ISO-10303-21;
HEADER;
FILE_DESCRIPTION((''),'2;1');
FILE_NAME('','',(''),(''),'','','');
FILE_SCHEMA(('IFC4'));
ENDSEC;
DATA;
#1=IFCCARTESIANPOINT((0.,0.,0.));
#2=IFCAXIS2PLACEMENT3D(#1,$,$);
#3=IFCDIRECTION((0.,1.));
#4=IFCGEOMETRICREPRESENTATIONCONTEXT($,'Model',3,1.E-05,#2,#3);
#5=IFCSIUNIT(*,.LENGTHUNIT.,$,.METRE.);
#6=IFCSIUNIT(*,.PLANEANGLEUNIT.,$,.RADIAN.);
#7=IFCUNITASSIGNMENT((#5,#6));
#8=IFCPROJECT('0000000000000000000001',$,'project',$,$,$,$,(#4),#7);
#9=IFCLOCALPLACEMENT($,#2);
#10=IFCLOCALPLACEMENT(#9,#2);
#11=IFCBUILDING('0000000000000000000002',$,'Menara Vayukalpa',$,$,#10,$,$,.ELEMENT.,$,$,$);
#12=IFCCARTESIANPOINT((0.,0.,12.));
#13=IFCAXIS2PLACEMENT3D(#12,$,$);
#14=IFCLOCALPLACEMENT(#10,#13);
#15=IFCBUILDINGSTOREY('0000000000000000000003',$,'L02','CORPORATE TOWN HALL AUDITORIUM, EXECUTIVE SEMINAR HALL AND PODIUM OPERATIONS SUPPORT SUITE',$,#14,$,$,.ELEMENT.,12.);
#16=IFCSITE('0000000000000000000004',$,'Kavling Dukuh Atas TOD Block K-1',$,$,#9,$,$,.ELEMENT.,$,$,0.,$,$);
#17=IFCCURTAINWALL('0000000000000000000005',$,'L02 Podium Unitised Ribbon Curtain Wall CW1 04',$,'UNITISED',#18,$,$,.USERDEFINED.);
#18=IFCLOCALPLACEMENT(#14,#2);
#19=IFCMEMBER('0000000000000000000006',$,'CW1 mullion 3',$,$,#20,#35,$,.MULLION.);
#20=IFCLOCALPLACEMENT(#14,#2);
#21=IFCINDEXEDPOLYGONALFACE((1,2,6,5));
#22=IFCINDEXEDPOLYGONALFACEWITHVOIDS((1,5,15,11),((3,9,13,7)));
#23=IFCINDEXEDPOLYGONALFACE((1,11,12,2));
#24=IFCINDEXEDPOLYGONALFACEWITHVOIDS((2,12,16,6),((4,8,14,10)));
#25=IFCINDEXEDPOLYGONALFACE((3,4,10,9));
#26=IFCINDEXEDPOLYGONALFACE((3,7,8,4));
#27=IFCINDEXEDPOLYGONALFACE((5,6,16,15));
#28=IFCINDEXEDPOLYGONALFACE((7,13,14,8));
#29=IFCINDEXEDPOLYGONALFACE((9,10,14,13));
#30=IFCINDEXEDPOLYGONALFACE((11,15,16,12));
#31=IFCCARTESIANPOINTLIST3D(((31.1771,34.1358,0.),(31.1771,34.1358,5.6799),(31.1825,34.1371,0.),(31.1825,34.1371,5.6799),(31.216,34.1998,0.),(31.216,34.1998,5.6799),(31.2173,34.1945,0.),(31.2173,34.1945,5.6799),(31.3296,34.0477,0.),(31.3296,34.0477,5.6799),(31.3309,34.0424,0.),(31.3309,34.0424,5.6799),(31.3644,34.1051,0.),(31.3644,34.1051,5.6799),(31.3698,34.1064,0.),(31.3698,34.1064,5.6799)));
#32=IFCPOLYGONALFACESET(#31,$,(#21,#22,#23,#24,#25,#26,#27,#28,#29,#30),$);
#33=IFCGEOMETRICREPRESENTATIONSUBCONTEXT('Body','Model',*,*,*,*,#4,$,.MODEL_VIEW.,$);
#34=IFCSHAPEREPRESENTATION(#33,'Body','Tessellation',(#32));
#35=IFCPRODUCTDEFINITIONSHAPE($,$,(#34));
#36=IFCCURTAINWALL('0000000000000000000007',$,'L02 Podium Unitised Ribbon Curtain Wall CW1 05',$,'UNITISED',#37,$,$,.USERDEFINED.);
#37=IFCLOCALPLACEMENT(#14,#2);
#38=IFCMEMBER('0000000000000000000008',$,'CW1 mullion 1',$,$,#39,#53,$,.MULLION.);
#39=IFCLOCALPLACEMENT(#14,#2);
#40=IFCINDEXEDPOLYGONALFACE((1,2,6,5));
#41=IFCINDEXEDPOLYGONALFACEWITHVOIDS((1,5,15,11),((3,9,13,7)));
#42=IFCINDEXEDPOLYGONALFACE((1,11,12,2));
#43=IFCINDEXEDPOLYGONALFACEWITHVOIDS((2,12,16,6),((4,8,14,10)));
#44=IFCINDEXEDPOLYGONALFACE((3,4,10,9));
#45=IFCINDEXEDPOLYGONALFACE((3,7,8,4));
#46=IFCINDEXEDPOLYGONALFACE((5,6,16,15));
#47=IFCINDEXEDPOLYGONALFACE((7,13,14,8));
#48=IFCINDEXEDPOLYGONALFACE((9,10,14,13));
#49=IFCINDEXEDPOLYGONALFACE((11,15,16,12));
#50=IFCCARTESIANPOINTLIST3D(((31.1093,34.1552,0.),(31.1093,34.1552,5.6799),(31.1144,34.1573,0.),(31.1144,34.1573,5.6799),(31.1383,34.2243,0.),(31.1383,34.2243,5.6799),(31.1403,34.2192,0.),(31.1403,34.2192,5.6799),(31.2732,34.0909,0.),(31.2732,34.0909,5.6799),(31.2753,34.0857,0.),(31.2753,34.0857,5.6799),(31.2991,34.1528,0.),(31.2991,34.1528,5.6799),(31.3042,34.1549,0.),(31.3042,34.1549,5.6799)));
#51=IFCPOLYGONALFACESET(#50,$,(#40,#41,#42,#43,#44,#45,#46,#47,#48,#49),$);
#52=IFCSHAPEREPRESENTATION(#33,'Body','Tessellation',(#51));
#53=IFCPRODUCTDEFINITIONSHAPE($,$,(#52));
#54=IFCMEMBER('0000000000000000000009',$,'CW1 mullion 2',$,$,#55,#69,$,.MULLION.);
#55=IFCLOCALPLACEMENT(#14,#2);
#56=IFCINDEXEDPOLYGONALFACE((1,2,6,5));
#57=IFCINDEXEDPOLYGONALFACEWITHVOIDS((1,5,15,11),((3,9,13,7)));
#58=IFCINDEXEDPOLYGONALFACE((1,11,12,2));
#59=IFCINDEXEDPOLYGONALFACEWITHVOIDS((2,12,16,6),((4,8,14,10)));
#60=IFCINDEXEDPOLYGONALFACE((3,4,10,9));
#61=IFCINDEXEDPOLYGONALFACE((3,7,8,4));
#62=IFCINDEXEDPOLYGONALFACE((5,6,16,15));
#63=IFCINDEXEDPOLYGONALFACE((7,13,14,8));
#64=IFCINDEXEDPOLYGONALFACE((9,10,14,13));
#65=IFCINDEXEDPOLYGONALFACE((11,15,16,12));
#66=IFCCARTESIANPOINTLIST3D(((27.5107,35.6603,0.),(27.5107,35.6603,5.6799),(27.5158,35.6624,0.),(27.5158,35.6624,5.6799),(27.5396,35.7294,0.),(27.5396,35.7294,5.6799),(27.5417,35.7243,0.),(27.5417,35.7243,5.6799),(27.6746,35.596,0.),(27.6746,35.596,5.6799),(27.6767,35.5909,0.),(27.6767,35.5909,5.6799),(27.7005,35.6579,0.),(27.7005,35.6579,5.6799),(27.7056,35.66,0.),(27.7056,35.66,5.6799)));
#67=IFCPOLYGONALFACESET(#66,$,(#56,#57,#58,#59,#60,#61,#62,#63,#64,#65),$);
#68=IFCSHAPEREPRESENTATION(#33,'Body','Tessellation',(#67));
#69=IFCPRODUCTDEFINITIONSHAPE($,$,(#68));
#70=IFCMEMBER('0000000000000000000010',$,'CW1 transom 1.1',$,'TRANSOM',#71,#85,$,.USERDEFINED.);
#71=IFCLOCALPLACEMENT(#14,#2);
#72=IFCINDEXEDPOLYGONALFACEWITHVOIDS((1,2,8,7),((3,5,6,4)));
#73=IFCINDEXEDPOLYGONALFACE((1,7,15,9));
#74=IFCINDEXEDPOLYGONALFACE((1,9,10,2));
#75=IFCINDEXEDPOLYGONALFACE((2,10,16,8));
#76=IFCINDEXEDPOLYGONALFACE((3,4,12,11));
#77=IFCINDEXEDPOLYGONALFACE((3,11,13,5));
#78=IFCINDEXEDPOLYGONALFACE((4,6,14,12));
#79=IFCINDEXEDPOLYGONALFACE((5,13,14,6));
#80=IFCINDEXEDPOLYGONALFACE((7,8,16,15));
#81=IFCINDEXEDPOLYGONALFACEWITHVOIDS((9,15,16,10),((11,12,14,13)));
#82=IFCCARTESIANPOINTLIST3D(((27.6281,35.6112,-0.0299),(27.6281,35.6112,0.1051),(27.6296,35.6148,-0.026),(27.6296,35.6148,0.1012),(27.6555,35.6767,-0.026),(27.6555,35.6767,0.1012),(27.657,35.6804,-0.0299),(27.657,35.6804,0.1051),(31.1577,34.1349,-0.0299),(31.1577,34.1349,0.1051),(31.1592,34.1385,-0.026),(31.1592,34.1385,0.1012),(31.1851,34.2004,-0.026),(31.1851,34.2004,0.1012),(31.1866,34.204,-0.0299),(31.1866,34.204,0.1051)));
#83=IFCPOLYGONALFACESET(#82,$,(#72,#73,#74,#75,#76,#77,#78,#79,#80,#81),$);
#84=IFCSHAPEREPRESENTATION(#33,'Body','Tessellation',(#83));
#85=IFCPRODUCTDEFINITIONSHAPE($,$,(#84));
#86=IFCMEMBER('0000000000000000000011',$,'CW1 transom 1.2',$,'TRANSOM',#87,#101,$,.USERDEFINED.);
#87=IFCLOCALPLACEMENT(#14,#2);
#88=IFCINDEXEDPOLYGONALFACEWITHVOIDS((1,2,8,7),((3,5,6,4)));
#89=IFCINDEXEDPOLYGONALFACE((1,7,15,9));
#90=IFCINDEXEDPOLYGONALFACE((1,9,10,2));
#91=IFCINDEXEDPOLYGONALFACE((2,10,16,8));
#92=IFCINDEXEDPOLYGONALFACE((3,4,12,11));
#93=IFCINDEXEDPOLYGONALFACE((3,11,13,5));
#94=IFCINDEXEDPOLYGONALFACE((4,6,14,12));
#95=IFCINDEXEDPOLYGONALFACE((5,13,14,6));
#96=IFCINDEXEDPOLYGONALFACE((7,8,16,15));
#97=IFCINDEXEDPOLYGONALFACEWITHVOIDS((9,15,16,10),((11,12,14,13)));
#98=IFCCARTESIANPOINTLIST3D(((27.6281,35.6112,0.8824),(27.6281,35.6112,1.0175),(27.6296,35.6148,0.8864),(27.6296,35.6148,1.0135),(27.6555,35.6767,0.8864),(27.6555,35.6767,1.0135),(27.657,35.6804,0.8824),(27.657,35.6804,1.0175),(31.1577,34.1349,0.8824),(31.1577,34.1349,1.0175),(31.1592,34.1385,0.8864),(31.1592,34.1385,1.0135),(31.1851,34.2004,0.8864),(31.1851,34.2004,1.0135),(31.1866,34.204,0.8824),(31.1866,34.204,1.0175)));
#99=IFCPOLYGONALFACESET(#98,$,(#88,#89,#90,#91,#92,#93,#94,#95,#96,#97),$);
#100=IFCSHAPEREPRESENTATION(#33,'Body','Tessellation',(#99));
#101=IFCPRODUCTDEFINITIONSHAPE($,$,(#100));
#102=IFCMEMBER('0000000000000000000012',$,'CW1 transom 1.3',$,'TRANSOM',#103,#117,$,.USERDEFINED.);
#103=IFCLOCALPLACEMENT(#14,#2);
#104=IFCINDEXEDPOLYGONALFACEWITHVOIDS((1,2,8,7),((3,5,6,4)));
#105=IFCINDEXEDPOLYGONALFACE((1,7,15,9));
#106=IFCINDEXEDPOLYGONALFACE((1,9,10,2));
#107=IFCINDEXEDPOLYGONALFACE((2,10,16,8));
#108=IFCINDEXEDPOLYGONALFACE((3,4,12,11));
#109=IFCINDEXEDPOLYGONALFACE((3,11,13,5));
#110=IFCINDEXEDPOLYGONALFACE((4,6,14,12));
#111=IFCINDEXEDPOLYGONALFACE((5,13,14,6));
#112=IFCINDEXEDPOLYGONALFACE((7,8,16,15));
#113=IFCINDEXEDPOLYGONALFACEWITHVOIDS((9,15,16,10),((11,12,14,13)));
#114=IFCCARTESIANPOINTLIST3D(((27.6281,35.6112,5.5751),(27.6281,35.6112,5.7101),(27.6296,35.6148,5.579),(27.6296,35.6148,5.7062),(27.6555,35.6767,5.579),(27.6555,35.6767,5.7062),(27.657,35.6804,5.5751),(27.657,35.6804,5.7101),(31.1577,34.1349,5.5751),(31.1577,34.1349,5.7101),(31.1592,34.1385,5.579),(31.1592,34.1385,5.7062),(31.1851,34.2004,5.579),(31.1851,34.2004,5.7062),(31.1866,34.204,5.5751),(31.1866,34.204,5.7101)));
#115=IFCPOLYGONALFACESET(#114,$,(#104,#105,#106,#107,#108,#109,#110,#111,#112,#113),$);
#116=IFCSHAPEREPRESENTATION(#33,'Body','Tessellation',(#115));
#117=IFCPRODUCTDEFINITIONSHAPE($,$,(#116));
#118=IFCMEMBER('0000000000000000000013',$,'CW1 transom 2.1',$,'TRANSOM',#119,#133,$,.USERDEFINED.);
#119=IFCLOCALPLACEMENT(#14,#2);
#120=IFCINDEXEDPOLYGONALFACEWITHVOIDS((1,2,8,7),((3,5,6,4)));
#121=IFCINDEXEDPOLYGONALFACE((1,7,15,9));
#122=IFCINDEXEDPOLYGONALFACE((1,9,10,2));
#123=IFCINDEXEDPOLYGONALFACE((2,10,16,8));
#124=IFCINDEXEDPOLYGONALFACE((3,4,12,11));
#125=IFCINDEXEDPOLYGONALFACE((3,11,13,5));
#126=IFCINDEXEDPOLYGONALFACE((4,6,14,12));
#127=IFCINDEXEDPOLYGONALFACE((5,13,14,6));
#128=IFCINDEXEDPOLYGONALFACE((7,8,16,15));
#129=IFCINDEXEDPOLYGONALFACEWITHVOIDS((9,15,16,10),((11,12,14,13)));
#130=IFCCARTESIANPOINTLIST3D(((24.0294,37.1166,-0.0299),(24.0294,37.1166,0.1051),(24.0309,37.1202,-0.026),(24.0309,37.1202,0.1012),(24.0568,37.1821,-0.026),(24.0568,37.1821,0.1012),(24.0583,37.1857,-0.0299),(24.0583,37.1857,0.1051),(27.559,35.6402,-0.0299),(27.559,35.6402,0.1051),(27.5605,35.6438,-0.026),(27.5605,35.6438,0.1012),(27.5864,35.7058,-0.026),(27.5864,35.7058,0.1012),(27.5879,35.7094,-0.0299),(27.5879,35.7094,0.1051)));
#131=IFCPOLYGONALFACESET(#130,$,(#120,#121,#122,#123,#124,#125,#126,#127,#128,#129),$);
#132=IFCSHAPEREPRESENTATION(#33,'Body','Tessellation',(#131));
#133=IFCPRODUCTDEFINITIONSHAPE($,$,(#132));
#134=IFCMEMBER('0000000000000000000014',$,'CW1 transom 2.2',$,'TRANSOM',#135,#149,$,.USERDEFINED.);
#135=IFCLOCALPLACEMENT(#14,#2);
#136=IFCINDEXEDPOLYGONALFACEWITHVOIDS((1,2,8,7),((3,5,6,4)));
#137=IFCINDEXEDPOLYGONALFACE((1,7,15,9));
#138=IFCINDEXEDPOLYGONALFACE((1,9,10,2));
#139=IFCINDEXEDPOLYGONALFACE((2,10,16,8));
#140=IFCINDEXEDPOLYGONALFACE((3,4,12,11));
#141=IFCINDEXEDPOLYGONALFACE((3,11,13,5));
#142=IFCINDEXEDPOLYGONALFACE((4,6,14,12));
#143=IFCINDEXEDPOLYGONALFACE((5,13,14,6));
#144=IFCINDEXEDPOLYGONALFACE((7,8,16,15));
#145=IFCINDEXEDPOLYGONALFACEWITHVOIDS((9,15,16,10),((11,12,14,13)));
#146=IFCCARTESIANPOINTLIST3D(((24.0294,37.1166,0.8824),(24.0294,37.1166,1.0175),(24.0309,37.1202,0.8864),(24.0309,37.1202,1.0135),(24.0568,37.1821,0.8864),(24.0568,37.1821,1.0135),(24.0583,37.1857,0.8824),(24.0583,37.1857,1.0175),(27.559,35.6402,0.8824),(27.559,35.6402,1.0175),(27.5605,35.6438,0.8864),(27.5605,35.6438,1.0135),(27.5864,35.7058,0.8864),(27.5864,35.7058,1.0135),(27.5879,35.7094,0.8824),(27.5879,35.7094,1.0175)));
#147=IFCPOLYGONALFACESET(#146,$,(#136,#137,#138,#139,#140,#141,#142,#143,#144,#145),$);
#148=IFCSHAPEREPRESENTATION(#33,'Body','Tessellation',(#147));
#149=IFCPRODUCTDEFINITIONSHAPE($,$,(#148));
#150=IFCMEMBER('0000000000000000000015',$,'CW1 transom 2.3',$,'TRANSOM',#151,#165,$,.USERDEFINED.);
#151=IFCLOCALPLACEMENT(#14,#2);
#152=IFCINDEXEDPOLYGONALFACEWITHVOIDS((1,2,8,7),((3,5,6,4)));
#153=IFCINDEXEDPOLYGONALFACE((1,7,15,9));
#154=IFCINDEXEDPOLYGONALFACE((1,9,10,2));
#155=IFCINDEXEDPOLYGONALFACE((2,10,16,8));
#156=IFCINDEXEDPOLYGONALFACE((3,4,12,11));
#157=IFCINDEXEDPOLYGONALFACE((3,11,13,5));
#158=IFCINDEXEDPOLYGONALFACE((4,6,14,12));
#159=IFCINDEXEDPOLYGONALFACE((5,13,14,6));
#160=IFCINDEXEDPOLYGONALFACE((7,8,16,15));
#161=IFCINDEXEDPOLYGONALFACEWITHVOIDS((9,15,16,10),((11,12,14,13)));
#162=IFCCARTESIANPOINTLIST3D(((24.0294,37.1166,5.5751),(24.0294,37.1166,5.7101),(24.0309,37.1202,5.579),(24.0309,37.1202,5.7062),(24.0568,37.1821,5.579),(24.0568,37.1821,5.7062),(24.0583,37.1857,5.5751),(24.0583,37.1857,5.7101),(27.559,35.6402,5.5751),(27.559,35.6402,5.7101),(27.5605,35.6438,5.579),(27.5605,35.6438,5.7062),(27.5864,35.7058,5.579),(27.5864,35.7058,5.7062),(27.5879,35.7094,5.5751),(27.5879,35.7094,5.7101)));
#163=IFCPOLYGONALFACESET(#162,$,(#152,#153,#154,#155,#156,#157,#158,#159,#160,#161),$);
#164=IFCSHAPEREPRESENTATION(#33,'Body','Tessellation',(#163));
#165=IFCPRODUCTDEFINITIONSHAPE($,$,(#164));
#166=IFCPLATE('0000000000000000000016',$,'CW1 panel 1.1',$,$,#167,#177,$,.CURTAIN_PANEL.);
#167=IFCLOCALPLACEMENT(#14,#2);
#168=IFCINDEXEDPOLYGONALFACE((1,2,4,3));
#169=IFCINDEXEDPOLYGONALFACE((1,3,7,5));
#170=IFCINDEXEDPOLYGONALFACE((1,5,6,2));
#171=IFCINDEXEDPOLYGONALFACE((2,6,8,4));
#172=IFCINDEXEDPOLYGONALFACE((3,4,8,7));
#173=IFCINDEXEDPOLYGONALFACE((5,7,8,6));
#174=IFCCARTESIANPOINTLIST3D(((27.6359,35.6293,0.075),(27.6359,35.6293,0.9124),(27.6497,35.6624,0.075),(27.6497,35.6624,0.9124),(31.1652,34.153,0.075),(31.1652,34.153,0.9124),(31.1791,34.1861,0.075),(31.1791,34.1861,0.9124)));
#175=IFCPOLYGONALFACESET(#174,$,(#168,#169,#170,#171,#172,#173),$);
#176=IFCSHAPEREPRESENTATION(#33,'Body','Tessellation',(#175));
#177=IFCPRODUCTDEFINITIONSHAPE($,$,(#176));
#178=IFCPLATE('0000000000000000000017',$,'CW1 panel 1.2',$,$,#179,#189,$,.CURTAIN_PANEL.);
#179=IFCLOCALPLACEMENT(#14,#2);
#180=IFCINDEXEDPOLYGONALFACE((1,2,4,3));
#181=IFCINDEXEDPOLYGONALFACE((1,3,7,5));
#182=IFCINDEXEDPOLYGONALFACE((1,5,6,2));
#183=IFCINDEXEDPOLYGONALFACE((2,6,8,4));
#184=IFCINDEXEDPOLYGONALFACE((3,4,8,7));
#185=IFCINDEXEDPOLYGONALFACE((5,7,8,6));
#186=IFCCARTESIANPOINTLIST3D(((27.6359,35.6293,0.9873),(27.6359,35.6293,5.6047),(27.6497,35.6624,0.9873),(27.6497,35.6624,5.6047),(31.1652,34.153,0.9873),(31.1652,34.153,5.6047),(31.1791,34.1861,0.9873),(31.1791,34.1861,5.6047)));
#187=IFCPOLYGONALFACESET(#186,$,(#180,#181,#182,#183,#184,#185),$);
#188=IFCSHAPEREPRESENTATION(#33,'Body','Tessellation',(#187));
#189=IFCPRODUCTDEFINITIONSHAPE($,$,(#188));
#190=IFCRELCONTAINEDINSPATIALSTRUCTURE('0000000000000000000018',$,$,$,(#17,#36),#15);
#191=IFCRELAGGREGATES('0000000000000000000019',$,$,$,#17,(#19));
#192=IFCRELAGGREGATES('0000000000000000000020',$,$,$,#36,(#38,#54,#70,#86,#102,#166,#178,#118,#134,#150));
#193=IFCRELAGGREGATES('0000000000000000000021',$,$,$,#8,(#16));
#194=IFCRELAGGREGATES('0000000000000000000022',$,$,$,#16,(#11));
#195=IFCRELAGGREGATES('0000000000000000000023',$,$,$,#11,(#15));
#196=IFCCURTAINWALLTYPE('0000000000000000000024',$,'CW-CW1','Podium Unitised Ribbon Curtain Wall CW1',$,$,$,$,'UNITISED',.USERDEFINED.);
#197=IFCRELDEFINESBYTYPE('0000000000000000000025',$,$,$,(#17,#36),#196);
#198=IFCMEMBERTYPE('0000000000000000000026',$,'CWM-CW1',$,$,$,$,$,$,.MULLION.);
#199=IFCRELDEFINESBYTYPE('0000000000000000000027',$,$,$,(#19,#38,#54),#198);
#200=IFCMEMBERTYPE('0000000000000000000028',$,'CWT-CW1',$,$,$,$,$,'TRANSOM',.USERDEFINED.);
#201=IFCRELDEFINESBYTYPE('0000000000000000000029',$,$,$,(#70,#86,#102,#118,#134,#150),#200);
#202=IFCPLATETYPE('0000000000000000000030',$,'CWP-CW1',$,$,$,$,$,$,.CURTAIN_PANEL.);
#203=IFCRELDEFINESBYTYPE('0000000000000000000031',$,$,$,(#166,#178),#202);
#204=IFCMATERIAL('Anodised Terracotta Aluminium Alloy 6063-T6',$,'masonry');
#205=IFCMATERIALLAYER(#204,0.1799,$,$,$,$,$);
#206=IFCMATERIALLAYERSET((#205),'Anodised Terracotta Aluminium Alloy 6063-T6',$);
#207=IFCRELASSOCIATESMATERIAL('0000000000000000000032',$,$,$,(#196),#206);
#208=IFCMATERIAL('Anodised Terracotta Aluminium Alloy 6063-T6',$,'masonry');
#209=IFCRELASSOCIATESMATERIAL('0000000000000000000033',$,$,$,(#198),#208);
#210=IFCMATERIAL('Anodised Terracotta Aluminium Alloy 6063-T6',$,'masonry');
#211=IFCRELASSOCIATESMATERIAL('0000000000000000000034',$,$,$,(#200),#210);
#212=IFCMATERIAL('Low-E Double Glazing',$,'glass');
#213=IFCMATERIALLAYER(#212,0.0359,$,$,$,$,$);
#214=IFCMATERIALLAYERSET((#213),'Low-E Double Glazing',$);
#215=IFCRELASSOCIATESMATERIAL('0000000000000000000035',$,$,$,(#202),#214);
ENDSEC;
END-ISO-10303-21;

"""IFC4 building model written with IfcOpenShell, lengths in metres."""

from ifc_helpers import new_model, si_unit, direction, frame, origin, origin_2d, place, context, subcontext, project, spatial, rectangle, hollow_rectangle, extrude, material, layer, layer_set, material_profile, profile_set, type_object, element, aggregate, save


model = new_model("IFC4")

# Units and contexts
model_context = context("Model", 3, precision=1e-05, world=origin(), true_north=direction((0.0, 1.0)))
body_context = subcontext(model_context, "Body", "Model", "MODEL_VIEW")
ifc_project = project(units=[si_unit("LENGTHUNIT", "METRE"), si_unit("PLANEANGLEUNIT", "RADIAN")], contexts=[model_context])

# Site, building, storey
site_placement = place(None, origin())
site = spatial("IfcSite", under=ifc_project, at=site_placement, Name="Kavling Dukuh Atas TOD Block K-1", CompositionType="ELEMENT", RefElevation=0.0)
building_placement = place(site_placement, origin())
building = spatial("IfcBuilding", under=site, at=building_placement, Name="Menara Vayukalpa", CompositionType="ELEMENT")
storey_placement = place(building_placement, frame((0.0, 0.0, 12.0)))
storey = spatial("IfcBuildingStorey", under=building, at=storey_placement, Name="L02", Description="CORPORATE TOWN HALL AUDITORIUM, EXECUTIVE SEMINAR HALL AND PODIUM OPERATIONS SUPPORT SUITE", CompositionType="ELEMENT", Elevation=12.0)

# Curtain wall, member
ifc_material_1 = material(Name="Anodised Terracotta Aluminium Alloy 6063-T6", Category="masonry")
ifc_layer_1 = layer(ifc_material_1, 0.1799)
ifc_layer_set_1 = layer_set([ifc_layer_1], Name="Anodised Terracotta Aluminium Alloy 6063-T6")
curtain_wall_type = type_object("IfcCurtainWallType", Name="CW-CW1", Description="Podium Unitised Ribbon Curtain Wall CW1", ElementType="UNITISED", PredefinedType="USERDEFINED", material=ifc_layer_set_1)
curtain_wall_1_placement = place(storey_placement, origin())
curtain_wall_1 = element("IfcCurtainWall", 1, at=curtain_wall_1_placement, inside=storey, type_object=curtain_wall_type, Name="L02 Podium Unitised Ribbon Curtain Wall CW1 04", ObjectType="UNITISED", PredefinedType="USERDEFINED")
ifc_material_2 = material(Name="Anodised Terracotta Aluminium Alloy 6063-T6", Category="masonry")
ifc_material_profile_1 = material_profile(ifc_material_2, hollow_rectangle(XDim=0.075, YDim=0.1799, WallThickness=0.0039, at=origin_2d()), Name="ALU 75x180x4")
ifc_profile_set_1 = profile_set([ifc_material_profile_1], Name="Anodised Terracotta Aluminium Alloy 6063-T6")
member_type_1 = type_object("IfcMemberType", Name="CWM-CW1", PredefinedType="MULLION", material=ifc_profile_set_1)
member_1_placement = place(storey_placement, frame((31.2734, 34.1211, 0.0), z_axis=(0.0, 0.0, 1.0), x_axis=(-0.51918, -0.854665, 0.0)))
member_1 = element("IfcMember", 2, at=member_1_placement, type_object=member_type_1, Name="CW1 mullion 3", PredefinedType="MULLION", context=body_context, shape_type="SweptSolid", body=[
    extrude(hollow_rectangle(XDim=0.075, YDim=0.1799, WallThickness=0.0039, at=origin_2d()), origin(), (0.0, 0.0, 1.0), 5.6799),
])
aggregate(curtain_wall_1, [member_1])

# Curtain wall, members, plates
curtain_wall_2_placement = place(storey_placement, origin())
curtain_wall_2 = element("IfcCurtainWall", 3, at=curtain_wall_2_placement, inside=storey, type_object=curtain_wall_type, Name="L02 Podium Unitised Ribbon Curtain Wall CW1 05", ObjectType="UNITISED", PredefinedType="USERDEFINED")
member_2_placement = place(storey_placement, frame((31.2068, 34.155, 0.0), z_axis=(0.0, 0.0, 1.0), x_axis=(-0.385891, -0.922545, 0.0)))
member_2 = element("IfcMember", 4, at=member_2_placement, type_object=member_type_1, Name="CW1 mullion 1", PredefinedType="MULLION", context=body_context, shape_type="SweptSolid", body=[
    extrude(hollow_rectangle(XDim=0.075, YDim=0.1799, WallThickness=0.0039, at=origin_2d()), origin(), (0.0, 0.0, 1.0), 5.6799),
])
member_3_placement = place(storey_placement, frame((27.6082, 35.6602, 0.0), z_axis=(0.0, 0.0, 1.0), x_axis=(-0.385891, -0.922545, 0.0)))
member_3 = element("IfcMember", 5, at=member_3_placement, type_object=member_type_1, Name="CW1 mullion 2", PredefinedType="MULLION", context=body_context, shape_type="SweptSolid", body=[
    extrude(hollow_rectangle(XDim=0.075, YDim=0.1799, WallThickness=0.0039, at=origin_2d()), origin(), (0.0, 0.0, 1.0), 5.6799),
])
ifc_material_3 = material(Name="Anodised Terracotta Aluminium Alloy 6063-T6", Category="masonry")
ifc_material_profile_2 = material_profile(ifc_material_3, hollow_rectangle(XDim=0.075, YDim=0.135, WallThickness=0.0039, at=origin_2d()), Name="ALU 75x135x4")
ifc_profile_set_2 = profile_set([ifc_material_profile_2], Name="Anodised Terracotta Aluminium Alloy 6063-T6")
member_type_2 = type_object("IfcMemberType", Name="CWT-CW1", ElementType="TRANSOM", PredefinedType="USERDEFINED", material=ifc_profile_set_2)
member_4_placement = place(storey_placement, frame((31.1721, 34.1694, 0.0376), z_axis=(-0.922549, 0.385879, 0.0), x_axis=(-0.385879, -0.922549, 0.0)))
member_4 = element("IfcMember", 6, at=member_4_placement, type_object=member_type_2, Name="CW1 transom 1.1", ObjectType="TRANSOM", PredefinedType="USERDEFINED", context=body_context, shape_type="SweptSolid", body=[
    extrude(hollow_rectangle(XDim=0.075, YDim=0.135, WallThickness=0.0039, at=origin_2d()), origin(), (0.0, 0.0, 1.0), 3.8259),
])
member_5_placement = place(storey_placement, frame((31.1721, 34.1694, 0.95), z_axis=(-0.922549, 0.385879, 0.0), x_axis=(-0.385879, -0.922549, 0.0)))
member_5 = element("IfcMember", 7, at=member_5_placement, type_object=member_type_2, Name="CW1 transom 1.2", ObjectType="TRANSOM", PredefinedType="USERDEFINED", context=body_context, shape_type="SweptSolid", body=[
    extrude(hollow_rectangle(XDim=0.075, YDim=0.135, WallThickness=0.0039, at=origin_2d()), origin(), (0.0, 0.0, 1.0), 3.8259),
])
member_6_placement = place(storey_placement, frame((31.1721, 34.1694, 5.6426), z_axis=(-0.922549, 0.385879, 0.0), x_axis=(-0.385879, -0.922549, 0.0)))
member_6 = element("IfcMember", 8, at=member_6_placement, type_object=member_type_2, Name="CW1 transom 1.3", ObjectType="TRANSOM", PredefinedType="USERDEFINED", context=body_context, shape_type="SweptSolid", body=[
    extrude(hollow_rectangle(XDim=0.075, YDim=0.135, WallThickness=0.0039, at=origin_2d()), origin(), (0.0, 0.0, 1.0), 3.8259),
])
member_7_placement = place(storey_placement, frame((27.5735, 35.6748, 0.0376), z_axis=(-0.922549, 0.385879, 0.0), x_axis=(-0.385879, -0.922549, 0.0)))
member_7 = element("IfcMember", 9, at=member_7_placement, type_object=member_type_2, Name="CW1 transom 2.1", ObjectType="TRANSOM", PredefinedType="USERDEFINED", context=body_context, shape_type="SweptSolid", body=[
    extrude(hollow_rectangle(XDim=0.075, YDim=0.135, WallThickness=0.0039, at=origin_2d()), origin(), (0.0, 0.0, 1.0), 3.8259),
])
member_8_placement = place(storey_placement, frame((27.5735, 35.6748, 0.95), z_axis=(-0.922549, 0.385879, 0.0), x_axis=(-0.385879, -0.922549, 0.0)))
member_8 = element("IfcMember", 10, at=member_8_placement, type_object=member_type_2, Name="CW1 transom 2.2", ObjectType="TRANSOM", PredefinedType="USERDEFINED", context=body_context, shape_type="SweptSolid", body=[
    extrude(hollow_rectangle(XDim=0.075, YDim=0.135, WallThickness=0.0039, at=origin_2d()), origin(), (0.0, 0.0, 1.0), 3.8259),
])
member_9_placement = place(storey_placement, frame((27.5735, 35.6748, 5.6426), z_axis=(-0.922549, 0.385879, 0.0), x_axis=(-0.385879, -0.922549, 0.0)))
member_9 = element("IfcMember", 11, at=member_9_placement, type_object=member_type_2, Name="CW1 transom 2.3", ObjectType="TRANSOM", PredefinedType="USERDEFINED", context=body_context, shape_type="SweptSolid", body=[
    extrude(hollow_rectangle(XDim=0.075, YDim=0.135, WallThickness=0.0039, at=origin_2d()), origin(), (0.0, 0.0, 1.0), 3.8259),
])
ifc_material_4 = material(Name="Low-E Double Glazing", Category="glass")
ifc_layer_2 = layer(ifc_material_4, 0.0359)
ifc_layer_set_2 = layer_set([ifc_layer_2], Name="Low-E Double Glazing")
plate_type = type_object("IfcPlateType", Name="CWP-CW1", PredefinedType="CURTAIN_PANEL", material=ifc_layer_set_2)
plate_1_placement = place(storey_placement, frame((29.4075, 34.9077, 0.075), z_axis=(0.0, 0.0, 1.0), x_axis=(-0.922545, 0.385891, 0.0)))
plate_1 = element("IfcPlate", 12, at=plate_1_placement, type_object=plate_type, Name="CW1 panel 1.1", PredefinedType="CURTAIN_PANEL", context=body_context, shape_type="SweptSolid", body=[
    extrude(rectangle(XDim=3.8257, YDim=0.0359, at=origin_2d()), origin(), (0.0, 0.0, 1.0), 0.8374),
])
plate_2_placement = place(storey_placement, frame((29.4075, 34.9077, 0.9873), z_axis=(0.0, 0.0, 1.0), x_axis=(-0.922545, 0.385891, 0.0)))
plate_2 = element("IfcPlate", 13, at=plate_2_placement, type_object=plate_type, Name="CW1 panel 1.2", PredefinedType="CURTAIN_PANEL", context=body_context, shape_type="SweptSolid", body=[
    extrude(rectangle(XDim=3.8257, YDim=0.0359, at=origin_2d()), origin(), (0.0, 0.0, 1.0), 4.6174),
])
aggregate(curtain_wall_2, [member_2, member_3, member_4, member_5, member_6, plate_1, plate_2, member_7, member_8, member_9])

save(model, "model.ifc")
